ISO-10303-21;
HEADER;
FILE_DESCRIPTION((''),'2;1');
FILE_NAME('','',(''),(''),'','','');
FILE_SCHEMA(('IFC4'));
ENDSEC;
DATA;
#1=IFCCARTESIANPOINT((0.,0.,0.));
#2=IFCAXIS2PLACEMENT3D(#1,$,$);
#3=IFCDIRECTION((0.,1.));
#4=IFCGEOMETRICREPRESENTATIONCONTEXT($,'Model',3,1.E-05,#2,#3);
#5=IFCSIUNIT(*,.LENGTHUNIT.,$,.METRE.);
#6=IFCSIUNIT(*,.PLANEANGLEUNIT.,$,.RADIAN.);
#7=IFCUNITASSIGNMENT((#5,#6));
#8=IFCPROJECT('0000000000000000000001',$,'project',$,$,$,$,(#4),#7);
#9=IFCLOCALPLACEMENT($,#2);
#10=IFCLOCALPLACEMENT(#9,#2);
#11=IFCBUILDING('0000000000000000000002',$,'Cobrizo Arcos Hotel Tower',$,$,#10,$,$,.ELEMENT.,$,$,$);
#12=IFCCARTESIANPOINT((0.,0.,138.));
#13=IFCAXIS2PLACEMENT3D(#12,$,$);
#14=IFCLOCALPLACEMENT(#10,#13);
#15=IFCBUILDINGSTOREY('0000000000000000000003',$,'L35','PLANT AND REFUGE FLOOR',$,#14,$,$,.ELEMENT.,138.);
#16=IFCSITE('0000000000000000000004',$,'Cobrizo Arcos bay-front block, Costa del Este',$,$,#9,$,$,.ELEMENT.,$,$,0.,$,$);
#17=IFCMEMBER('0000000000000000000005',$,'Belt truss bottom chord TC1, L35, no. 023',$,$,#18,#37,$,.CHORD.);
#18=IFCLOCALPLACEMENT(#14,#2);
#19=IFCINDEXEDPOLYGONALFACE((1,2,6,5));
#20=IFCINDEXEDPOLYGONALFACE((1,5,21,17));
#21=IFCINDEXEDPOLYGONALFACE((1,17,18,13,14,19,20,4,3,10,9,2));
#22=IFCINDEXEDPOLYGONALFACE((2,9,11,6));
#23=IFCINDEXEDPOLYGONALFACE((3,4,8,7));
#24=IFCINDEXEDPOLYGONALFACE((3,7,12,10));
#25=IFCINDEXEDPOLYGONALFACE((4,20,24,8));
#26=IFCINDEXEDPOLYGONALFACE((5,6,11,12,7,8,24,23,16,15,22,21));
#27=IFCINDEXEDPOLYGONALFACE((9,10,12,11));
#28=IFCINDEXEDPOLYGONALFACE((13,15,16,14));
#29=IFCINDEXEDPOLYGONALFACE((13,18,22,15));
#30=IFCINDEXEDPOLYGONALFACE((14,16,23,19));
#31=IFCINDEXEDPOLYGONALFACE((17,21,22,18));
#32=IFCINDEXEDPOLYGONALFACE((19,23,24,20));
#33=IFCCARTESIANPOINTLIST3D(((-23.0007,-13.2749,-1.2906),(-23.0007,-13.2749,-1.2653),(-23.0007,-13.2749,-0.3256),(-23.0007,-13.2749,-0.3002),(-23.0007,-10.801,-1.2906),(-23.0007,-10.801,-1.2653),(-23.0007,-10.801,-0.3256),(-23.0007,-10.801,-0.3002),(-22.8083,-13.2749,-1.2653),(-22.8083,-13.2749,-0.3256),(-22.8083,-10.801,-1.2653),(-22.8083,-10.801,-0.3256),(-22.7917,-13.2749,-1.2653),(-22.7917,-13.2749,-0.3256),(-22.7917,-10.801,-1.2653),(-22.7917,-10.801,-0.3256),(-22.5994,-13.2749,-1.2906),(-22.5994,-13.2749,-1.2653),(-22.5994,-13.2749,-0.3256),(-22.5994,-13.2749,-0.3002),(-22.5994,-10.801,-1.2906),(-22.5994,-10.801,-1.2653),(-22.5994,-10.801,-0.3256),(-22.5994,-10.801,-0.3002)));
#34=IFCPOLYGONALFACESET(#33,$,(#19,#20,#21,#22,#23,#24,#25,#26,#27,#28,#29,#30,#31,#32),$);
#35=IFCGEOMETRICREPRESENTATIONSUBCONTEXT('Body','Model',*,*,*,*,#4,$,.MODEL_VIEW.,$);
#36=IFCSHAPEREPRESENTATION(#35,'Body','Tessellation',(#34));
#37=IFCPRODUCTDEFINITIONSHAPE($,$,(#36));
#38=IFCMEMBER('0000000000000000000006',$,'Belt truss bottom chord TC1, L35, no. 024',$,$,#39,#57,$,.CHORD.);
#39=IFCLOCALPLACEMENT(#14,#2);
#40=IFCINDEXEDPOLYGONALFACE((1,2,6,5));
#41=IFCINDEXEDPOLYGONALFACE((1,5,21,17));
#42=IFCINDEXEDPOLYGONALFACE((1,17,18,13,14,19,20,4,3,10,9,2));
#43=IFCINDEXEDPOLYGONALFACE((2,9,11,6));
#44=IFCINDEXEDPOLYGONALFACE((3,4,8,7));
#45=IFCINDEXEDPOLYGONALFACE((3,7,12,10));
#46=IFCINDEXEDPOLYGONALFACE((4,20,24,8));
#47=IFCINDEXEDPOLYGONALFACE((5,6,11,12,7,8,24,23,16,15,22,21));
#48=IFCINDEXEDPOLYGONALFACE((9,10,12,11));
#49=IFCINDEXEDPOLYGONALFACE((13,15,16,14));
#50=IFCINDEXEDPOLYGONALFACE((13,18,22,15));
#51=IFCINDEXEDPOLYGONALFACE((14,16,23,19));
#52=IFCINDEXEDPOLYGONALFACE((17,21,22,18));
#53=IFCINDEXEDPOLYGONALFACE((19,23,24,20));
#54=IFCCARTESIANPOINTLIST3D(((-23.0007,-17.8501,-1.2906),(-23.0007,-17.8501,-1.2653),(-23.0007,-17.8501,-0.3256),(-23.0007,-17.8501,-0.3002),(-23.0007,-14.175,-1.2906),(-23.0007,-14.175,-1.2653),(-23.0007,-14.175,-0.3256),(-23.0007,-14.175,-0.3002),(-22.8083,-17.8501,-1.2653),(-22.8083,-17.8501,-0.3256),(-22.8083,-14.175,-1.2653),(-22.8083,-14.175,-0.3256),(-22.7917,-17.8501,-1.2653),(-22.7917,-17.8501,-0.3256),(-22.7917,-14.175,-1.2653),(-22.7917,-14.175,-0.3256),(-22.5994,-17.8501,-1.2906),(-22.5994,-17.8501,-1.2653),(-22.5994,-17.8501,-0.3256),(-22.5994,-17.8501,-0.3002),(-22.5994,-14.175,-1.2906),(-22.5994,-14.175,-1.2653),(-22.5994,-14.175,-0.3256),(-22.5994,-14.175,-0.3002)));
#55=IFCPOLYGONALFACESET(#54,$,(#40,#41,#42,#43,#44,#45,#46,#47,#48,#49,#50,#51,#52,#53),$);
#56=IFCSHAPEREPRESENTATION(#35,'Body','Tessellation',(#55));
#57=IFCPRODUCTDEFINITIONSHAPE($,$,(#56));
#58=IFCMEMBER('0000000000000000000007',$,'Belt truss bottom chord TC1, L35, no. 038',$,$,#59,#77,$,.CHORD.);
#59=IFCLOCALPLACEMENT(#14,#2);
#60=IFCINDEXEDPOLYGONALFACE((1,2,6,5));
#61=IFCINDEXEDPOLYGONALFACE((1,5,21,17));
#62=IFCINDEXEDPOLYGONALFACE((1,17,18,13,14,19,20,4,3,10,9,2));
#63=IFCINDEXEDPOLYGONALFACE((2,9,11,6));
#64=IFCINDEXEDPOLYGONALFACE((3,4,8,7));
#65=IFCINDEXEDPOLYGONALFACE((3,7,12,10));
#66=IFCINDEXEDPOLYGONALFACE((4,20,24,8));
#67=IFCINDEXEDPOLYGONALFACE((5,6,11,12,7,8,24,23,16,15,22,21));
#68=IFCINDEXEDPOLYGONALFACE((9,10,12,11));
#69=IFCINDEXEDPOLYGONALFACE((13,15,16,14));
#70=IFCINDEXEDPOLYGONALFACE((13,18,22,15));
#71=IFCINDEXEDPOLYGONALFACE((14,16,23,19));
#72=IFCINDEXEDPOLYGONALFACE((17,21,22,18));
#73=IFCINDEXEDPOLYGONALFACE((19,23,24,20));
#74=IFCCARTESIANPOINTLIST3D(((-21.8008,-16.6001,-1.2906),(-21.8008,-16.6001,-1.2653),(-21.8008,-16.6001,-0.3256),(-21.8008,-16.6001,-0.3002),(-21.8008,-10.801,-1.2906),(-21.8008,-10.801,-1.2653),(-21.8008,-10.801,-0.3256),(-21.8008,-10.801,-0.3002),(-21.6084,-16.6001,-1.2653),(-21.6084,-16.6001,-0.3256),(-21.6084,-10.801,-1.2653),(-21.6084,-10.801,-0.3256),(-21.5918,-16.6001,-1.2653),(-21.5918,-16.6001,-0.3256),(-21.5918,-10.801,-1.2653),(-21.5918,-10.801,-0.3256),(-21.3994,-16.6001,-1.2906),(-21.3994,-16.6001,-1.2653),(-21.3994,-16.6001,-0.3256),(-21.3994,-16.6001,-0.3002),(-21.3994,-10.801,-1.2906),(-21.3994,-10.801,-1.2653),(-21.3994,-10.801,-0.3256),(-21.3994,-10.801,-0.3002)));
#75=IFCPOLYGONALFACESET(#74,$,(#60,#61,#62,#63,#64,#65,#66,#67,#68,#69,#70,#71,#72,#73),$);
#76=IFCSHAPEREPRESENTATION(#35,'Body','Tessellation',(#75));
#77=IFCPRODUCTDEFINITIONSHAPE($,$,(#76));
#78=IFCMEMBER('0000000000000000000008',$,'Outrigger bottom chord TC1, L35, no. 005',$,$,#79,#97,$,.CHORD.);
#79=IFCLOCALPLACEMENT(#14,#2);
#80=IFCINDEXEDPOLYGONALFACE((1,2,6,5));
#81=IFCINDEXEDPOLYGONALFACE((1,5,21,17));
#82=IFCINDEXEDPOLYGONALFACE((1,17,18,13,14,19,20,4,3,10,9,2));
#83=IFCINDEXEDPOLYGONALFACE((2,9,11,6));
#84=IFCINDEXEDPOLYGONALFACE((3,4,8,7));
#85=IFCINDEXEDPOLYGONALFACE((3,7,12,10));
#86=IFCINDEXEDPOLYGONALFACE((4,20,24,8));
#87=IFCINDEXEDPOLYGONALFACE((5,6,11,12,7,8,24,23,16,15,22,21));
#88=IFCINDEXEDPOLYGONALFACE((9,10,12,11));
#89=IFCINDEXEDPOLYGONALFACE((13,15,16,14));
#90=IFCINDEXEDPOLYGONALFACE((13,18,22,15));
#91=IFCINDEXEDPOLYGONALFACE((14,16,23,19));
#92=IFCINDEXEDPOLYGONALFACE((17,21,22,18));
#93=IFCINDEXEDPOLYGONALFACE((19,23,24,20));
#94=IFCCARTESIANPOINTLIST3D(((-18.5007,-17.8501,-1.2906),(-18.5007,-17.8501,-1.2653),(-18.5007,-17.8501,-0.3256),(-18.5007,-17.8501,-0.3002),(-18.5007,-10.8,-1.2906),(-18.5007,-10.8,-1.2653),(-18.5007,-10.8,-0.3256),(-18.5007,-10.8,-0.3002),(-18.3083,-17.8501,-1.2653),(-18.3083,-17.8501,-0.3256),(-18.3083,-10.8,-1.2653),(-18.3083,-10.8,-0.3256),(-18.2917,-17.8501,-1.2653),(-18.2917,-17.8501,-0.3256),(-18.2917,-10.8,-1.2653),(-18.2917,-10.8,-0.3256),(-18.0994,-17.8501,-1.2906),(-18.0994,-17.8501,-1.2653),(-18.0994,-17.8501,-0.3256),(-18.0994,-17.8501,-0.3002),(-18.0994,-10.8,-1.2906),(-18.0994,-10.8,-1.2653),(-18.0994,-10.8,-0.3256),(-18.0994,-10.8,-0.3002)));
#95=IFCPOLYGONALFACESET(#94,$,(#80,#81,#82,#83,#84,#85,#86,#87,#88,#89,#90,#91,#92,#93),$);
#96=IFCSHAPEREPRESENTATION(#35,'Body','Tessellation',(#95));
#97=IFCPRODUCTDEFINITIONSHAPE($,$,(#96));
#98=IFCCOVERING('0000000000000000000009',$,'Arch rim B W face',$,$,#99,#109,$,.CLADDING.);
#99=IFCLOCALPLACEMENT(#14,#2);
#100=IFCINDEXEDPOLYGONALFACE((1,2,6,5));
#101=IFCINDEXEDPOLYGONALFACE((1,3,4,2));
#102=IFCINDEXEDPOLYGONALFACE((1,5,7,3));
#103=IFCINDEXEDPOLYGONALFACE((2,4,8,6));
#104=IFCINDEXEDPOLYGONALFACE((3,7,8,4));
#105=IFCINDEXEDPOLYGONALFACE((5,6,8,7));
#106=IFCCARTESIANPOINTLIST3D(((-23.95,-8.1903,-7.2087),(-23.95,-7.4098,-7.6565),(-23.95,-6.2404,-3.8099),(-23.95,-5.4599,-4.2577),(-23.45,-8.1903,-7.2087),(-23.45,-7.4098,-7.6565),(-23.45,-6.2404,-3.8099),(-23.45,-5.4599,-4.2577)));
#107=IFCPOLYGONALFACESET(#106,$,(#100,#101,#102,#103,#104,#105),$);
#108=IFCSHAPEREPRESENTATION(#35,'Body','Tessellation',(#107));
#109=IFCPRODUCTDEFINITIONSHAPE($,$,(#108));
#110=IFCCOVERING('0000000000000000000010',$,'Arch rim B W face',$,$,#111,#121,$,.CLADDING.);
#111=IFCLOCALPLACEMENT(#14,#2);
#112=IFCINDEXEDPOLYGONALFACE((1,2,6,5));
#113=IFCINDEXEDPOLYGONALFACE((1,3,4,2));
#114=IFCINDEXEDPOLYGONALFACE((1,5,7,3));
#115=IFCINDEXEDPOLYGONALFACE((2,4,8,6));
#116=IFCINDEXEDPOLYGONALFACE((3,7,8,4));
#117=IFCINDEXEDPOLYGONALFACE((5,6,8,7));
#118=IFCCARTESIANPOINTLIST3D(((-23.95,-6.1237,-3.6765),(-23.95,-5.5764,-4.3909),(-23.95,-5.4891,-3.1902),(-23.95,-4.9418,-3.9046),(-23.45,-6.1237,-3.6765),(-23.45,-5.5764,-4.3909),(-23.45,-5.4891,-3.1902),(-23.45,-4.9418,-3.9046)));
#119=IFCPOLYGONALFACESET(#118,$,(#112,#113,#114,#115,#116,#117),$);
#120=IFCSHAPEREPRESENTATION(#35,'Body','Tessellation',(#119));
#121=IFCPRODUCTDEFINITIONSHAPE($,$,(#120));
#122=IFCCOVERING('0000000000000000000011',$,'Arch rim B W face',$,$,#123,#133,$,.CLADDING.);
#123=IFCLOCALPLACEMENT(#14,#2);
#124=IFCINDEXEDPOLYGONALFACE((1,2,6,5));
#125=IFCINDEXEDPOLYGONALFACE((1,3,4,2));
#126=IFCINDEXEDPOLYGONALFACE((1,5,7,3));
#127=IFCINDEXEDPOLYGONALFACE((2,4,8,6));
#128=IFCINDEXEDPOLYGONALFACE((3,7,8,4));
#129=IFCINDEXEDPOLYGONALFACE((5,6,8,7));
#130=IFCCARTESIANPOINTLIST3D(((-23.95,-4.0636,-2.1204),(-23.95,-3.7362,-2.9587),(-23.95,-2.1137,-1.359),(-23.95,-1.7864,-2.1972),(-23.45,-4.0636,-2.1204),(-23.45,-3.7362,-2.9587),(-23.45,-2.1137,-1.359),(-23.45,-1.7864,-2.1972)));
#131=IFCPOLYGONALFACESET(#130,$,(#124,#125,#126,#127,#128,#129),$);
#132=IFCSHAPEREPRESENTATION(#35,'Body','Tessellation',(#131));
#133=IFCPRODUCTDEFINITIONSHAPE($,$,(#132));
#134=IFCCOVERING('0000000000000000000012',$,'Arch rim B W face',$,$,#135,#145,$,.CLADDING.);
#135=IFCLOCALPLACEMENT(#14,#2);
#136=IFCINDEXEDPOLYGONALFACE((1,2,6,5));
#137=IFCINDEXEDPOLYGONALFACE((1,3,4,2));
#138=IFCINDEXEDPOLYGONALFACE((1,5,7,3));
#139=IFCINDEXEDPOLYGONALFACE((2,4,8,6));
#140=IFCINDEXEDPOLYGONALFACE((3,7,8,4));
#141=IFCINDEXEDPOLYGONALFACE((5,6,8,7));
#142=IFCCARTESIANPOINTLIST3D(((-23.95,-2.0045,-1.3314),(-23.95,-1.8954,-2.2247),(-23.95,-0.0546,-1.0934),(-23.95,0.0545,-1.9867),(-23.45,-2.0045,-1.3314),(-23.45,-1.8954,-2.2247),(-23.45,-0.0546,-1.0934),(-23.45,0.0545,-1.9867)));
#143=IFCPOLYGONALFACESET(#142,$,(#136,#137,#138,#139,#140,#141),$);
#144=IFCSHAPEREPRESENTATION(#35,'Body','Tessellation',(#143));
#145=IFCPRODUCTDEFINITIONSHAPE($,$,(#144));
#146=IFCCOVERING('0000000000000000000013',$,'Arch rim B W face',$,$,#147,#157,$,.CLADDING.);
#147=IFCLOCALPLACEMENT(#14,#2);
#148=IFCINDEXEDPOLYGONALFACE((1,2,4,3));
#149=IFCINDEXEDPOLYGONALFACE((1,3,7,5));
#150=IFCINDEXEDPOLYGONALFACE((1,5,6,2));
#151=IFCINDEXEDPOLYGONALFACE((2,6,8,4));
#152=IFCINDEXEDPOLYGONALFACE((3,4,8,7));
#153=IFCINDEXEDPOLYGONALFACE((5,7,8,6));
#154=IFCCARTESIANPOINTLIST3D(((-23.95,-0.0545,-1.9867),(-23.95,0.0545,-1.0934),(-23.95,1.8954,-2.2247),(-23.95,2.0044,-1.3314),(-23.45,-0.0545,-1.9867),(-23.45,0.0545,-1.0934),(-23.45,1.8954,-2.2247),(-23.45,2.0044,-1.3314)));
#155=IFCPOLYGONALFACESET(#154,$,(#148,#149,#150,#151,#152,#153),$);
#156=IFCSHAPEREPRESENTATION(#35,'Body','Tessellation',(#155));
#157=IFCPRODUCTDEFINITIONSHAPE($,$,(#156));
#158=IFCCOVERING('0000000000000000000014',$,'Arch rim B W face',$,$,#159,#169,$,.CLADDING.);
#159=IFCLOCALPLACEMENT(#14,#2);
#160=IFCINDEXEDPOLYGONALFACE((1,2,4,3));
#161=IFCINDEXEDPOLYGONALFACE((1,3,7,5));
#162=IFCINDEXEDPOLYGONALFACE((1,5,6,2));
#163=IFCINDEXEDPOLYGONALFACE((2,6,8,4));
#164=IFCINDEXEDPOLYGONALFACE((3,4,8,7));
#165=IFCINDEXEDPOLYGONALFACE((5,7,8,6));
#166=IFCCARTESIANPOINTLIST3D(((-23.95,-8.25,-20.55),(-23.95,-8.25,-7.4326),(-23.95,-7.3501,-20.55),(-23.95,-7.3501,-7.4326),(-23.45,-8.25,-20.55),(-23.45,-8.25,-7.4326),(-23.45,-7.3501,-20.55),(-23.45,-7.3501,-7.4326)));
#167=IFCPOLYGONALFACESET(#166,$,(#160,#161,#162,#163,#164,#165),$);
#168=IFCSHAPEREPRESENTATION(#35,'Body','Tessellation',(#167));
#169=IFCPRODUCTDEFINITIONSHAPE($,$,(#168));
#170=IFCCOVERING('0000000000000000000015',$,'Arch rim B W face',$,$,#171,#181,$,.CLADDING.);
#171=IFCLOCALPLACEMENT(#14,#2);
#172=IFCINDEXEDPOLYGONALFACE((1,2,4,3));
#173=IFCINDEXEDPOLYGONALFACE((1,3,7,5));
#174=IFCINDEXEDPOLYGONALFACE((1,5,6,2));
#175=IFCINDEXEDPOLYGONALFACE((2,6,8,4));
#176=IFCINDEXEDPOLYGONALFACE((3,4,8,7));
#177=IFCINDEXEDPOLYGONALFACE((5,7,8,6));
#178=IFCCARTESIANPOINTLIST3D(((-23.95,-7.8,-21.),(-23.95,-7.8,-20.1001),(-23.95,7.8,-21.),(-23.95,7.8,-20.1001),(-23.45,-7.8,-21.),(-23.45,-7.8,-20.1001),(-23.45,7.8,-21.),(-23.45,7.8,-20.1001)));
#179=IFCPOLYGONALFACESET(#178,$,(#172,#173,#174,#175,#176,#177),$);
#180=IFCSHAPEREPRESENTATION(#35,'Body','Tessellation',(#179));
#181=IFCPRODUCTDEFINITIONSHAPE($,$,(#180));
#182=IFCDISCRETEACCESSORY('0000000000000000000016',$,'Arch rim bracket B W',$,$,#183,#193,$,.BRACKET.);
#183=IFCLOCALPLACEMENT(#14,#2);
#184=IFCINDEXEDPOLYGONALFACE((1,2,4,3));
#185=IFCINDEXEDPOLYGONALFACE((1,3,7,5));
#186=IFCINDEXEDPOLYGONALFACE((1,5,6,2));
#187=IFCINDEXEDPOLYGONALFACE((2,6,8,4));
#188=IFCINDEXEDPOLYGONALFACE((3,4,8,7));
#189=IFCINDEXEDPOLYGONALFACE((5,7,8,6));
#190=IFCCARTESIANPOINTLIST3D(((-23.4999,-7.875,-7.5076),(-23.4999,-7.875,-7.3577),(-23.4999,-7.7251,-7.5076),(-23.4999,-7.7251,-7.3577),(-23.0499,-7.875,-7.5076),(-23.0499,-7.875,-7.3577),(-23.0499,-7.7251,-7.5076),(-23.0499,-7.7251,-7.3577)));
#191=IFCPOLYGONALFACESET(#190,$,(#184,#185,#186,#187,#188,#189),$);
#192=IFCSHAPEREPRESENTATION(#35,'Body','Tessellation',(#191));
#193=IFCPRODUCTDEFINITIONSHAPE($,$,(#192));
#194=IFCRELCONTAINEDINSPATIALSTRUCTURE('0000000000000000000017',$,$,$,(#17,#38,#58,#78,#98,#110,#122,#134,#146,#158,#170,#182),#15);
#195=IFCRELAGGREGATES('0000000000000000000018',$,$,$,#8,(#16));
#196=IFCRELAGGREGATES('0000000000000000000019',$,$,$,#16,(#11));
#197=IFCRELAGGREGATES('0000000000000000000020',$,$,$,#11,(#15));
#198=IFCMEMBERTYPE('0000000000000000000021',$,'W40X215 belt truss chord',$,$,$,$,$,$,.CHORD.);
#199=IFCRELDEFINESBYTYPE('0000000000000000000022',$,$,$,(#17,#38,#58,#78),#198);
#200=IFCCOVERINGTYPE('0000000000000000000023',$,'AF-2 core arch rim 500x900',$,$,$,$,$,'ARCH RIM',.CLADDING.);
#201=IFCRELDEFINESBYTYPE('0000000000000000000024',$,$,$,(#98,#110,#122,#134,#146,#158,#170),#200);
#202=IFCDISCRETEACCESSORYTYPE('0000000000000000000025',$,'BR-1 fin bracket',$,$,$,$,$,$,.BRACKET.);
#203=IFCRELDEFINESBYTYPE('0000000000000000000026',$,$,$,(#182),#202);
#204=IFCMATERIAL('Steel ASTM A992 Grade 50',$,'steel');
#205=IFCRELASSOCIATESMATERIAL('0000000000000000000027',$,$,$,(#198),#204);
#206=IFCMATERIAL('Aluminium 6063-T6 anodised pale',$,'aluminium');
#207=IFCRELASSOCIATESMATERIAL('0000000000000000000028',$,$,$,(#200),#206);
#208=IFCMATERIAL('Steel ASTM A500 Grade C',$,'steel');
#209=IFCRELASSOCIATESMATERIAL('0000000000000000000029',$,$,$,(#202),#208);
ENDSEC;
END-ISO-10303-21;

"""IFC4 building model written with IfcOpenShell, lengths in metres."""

from ifc_helpers import new_model, si_unit, direction, frame, origin, origin_2d, place, context, subcontext, project, spatial, rectangle, i_section, extrude, material, material_profile, profile_set, type_object, element, save


model = new_model("IFC4")

# Units and contexts
model_context = context("Model", 3, precision=1e-05, world=origin(), true_north=direction((0.0, 1.0)))
body_context = subcontext(model_context, "Body", "Model", "MODEL_VIEW")
ifc_project = project(units=[si_unit("LENGTHUNIT", "METRE"), si_unit("PLANEANGLEUNIT", "RADIAN")], contexts=[model_context])

# Site, building, storey
site_placement = place(None, origin())
site = spatial("IfcSite", under=ifc_project, at=site_placement, Name="Cobrizo Arcos bay-front block, Costa del Este", CompositionType="ELEMENT", RefElevation=0.0)
building_placement = place(site_placement, origin())
building = spatial("IfcBuilding", under=site, at=building_placement, Name="Cobrizo Arcos Hotel Tower", CompositionType="ELEMENT")
storey_placement = place(building_placement, frame((0.0, 0.0, 138.0)))
storey = spatial("IfcBuildingStorey", under=building, at=storey_placement, Name="L35", Description="PLANT AND REFUGE FLOOR", CompositionType="ELEMENT", Elevation=138.0)

# Shared definitions
ifc_material_1 = material(Name="Steel ASTM A500 Grade C", Category="steel")
ifc_material_2 = material(Name="Steel ASTM A992 Grade 50", Category="steel")

# Members
ifc_material_profile_1 = material_profile(ifc_material_2, i_section(OverallWidth=0.4014, OverallDepth=0.9905, WebThickness=0.0166, FlangeThickness=0.0254, at=origin_2d()), Name="W40X215")
ifc_profile_set_1 = profile_set([ifc_material_profile_1], Name="Steel ASTM A992 Grade 50")
member_type_1 = type_object("IfcMemberType", Name="W40X215 belt truss chord", PredefinedType="CHORD", material=ifc_profile_set_1)
member_1_placement = place(storey_placement, frame((-22.8, -10.801, -0.7954), z_axis=(0.0, -1.0, 0.0), x_axis=(1.0, 0.0, 0.0)))
element("IfcMember", 1, at=member_1_placement, inside=storey, type_object=member_type_1, Name="Belt truss bottom chord TC1, L35, no. 023", PredefinedType="CHORD", context=body_context, shape_type="SweptSolid", body=[
    extrude(i_section(OverallWidth=0.4014, OverallDepth=0.9905, WebThickness=0.0166, FlangeThickness=0.0254, at=origin_2d()), origin(), (0.0, 0.0, 1.0), 2.4739),
])
member_2_placement = place(storey_placement, frame((-22.8, -14.175, -0.7954), z_axis=(0.0, -1.0, 0.0), x_axis=(1.0, 0.0, 0.0)))
element("IfcMember", 2, at=member_2_placement, inside=storey, type_object=member_type_1, Name="Belt truss bottom chord TC1, L35, no. 024", PredefinedType="CHORD", context=body_context, shape_type="SweptSolid", body=[
    extrude(i_section(OverallWidth=0.4014, OverallDepth=0.9905, WebThickness=0.0166, FlangeThickness=0.0254, at=origin_2d()), origin(), (0.0, 0.0, 1.0), 3.675),
])
member_3_placement = place(storey_placement, frame((-21.6001, -10.801, -0.7954), z_axis=(0.0, -1.0, 0.0), x_axis=(1.0, 0.0, 0.0)))
element("IfcMember", 3, at=member_3_placement, inside=storey, type_object=member_type_1, Name="Belt truss bottom chord TC1, L35, no. 038", PredefinedType="CHORD", context=body_context, shape_type="SweptSolid", body=[
    extrude(i_section(OverallWidth=0.4014, OverallDepth=0.9905, WebThickness=0.0166, FlangeThickness=0.0254, at=origin_2d()), origin(), (0.0, 0.0, 1.0), 5.7991),
])
member_4_placement = place(storey_placement, frame((-18.3, -10.8, -0.7954), z_axis=(0.0, -1.0, 0.0), x_axis=(1.0, 0.0, 0.0)))
element("IfcMember", 4, at=member_4_placement, inside=storey, type_object=member_type_1, Name="Outrigger bottom chord TC1, L35, no. 005", PredefinedType="CHORD", context=body_context, shape_type="SweptSolid", body=[
    extrude(i_section(OverallWidth=0.4014, OverallDepth=0.9905, WebThickness=0.0166, FlangeThickness=0.0254, at=origin_2d()), origin(), (0.0, 0.0, 1.0), 7.05),
])

# Coverings
ifc_material_3 = material(Name="Aluminium 6063-T6 anodised pale", Category="aluminium")
ifc_material_profile_2 = material_profile(ifc_material_3, rectangle(XDim=0.5, YDim=0.8999, at=origin_2d()), Name="AF-2 core arch rim 500x900")
ifc_profile_set_2 = profile_set([ifc_material_profile_2], Name="Aluminium 6063-T6 anodised pale")
covering_type = type_object("IfcCoveringType", Name="AF-2 core arch rim 500x900", ElementType="ARCH RIM", PredefinedType="CLADDING", material=ifc_profile_set_2)
covering_1_placement = place(storey_placement, frame((-23.7, -7.8, -7.4326), z_axis=(0.0, 0.497621, 0.867395), x_axis=(-1.0, 0.0, 0.0)))
element("IfcCovering", 5, at=covering_1_placement, inside=storey, type_object=covering_type, Name="Arch rim B W face", PredefinedType="CLADDING", context=body_context, shape_type="SweptSolid", body=[
    extrude(rectangle(XDim=0.5, YDim=0.8999, at=origin_2d()), origin(), (0.0, 0.0, 1.0), 3.9185),
])
covering_2_placement = place(storey_placement, frame((-23.7, -5.8501, -4.0337), z_axis=(0.0, 0.793803, 0.608175), x_axis=(-1.0, 0.0, 0.0)))
element("IfcCovering", 6, at=covering_2_placement, inside=storey, type_object=covering_type, Name="Arch rim B W face", PredefinedType="CLADDING", context=body_context, shape_type="SweptSolid", body=[
    extrude(rectangle(XDim=0.5, YDim=0.8999, at=origin_2d()), origin(), (0.0, 0.0, 1.0), 0.7996),
])
covering_3_placement = place(storey_placement, frame((-23.7, -3.8999, -2.5396), z_axis=(0.0, 0.931494, 0.363757), x_axis=(-1.0, 0.0, 0.0)))
element("IfcCovering", 7, at=covering_3_placement, inside=storey, type_object=covering_type, Name="Arch rim B W face", PredefinedType="CLADDING", context=body_context, shape_type="SweptSolid", body=[
    extrude(rectangle(XDim=0.5, YDim=0.8999, at=origin_2d()), origin(), (0.0, 0.0, 1.0), 2.0933),
])
for number, where, z_axis, x_axis, name in (
    (8, (-23.7, -1.95, -1.7781), (0.0, 0.992631, 0.121174), (-1.0, 0.0, 0.0), "Arch rim B W face"),
    (9, (-23.7, 0.0, -1.54), (0.0, 0.992631, -0.121174), (-1.0, 0.0, 0.0), "Arch rim B W face"),
):
    element("IfcCovering", number, at=place(storey_placement, frame(where, z_axis=z_axis, x_axis=x_axis)), inside=storey, type_object=covering_type, Name=name, PredefinedType="CLADDING", context=body_context, shape_type="SweptSolid", body=[
        extrude(rectangle(XDim=0.5, YDim=0.8999, at=origin_2d()), origin(), (0.0, 0.0, 1.0), 1.9644),
    ])
covering_4_placement = place(storey_placement, frame((-23.7, -7.8, -20.55), z_axis=(0.0, 0.0, 1.0), x_axis=(1.0, 0.0, 0.0)))
element("IfcCovering", 10, at=covering_4_placement, inside=storey, type_object=covering_type, Name="Arch rim B W face", PredefinedType="CLADDING", context=body_context, shape_type="SweptSolid", body=[
    extrude(rectangle(XDim=0.5, YDim=0.8999, at=origin_2d()), origin(), (0.0, 0.0, 1.0), 13.1174),
])
covering_5_placement = place(storey_placement, frame((-23.7, -7.8, -20.55), z_axis=(0.0, 1.0, 0.0), x_axis=(-1.0, 0.0, 0.0)))
element("IfcCovering", 11, at=covering_5_placement, inside=storey, type_object=covering_type, Name="Arch rim B W face", PredefinedType="CLADDING", context=body_context, shape_type="SweptSolid", body=[
    extrude(rectangle(XDim=0.5, YDim=0.8999, at=origin_2d()), origin(), (0.0, 0.0, 1.0), 15.6001),
])

# Discrete accessory
discrete_accessory_type_1 = type_object("IfcDiscreteAccessoryType", Name="BR-1 fin bracket", PredefinedType="BRACKET", material=ifc_material_1)
for number, where, z_axis, x_axis, name in (
    (12, (-23.2749, -7.8, -7.5076), (0.0, 0.0, 1.0), (1.0, 0.0, 0.0), "Arch rim bracket B W"),
):
    element("IfcDiscreteAccessory", number, at=place(storey_placement, frame(where, z_axis=z_axis, x_axis=x_axis)), inside=storey, type_object=discrete_accessory_type_1, Name=name, PredefinedType="BRACKET", context=body_context, shape_type="SweptSolid", body=[
        extrude(rectangle(XDim=0.45, YDim=0.1499, at=origin_2d()), origin(), (0.0, 0.0, 1.0), 0.1499),
    ])

save(model, "model.ifc")
